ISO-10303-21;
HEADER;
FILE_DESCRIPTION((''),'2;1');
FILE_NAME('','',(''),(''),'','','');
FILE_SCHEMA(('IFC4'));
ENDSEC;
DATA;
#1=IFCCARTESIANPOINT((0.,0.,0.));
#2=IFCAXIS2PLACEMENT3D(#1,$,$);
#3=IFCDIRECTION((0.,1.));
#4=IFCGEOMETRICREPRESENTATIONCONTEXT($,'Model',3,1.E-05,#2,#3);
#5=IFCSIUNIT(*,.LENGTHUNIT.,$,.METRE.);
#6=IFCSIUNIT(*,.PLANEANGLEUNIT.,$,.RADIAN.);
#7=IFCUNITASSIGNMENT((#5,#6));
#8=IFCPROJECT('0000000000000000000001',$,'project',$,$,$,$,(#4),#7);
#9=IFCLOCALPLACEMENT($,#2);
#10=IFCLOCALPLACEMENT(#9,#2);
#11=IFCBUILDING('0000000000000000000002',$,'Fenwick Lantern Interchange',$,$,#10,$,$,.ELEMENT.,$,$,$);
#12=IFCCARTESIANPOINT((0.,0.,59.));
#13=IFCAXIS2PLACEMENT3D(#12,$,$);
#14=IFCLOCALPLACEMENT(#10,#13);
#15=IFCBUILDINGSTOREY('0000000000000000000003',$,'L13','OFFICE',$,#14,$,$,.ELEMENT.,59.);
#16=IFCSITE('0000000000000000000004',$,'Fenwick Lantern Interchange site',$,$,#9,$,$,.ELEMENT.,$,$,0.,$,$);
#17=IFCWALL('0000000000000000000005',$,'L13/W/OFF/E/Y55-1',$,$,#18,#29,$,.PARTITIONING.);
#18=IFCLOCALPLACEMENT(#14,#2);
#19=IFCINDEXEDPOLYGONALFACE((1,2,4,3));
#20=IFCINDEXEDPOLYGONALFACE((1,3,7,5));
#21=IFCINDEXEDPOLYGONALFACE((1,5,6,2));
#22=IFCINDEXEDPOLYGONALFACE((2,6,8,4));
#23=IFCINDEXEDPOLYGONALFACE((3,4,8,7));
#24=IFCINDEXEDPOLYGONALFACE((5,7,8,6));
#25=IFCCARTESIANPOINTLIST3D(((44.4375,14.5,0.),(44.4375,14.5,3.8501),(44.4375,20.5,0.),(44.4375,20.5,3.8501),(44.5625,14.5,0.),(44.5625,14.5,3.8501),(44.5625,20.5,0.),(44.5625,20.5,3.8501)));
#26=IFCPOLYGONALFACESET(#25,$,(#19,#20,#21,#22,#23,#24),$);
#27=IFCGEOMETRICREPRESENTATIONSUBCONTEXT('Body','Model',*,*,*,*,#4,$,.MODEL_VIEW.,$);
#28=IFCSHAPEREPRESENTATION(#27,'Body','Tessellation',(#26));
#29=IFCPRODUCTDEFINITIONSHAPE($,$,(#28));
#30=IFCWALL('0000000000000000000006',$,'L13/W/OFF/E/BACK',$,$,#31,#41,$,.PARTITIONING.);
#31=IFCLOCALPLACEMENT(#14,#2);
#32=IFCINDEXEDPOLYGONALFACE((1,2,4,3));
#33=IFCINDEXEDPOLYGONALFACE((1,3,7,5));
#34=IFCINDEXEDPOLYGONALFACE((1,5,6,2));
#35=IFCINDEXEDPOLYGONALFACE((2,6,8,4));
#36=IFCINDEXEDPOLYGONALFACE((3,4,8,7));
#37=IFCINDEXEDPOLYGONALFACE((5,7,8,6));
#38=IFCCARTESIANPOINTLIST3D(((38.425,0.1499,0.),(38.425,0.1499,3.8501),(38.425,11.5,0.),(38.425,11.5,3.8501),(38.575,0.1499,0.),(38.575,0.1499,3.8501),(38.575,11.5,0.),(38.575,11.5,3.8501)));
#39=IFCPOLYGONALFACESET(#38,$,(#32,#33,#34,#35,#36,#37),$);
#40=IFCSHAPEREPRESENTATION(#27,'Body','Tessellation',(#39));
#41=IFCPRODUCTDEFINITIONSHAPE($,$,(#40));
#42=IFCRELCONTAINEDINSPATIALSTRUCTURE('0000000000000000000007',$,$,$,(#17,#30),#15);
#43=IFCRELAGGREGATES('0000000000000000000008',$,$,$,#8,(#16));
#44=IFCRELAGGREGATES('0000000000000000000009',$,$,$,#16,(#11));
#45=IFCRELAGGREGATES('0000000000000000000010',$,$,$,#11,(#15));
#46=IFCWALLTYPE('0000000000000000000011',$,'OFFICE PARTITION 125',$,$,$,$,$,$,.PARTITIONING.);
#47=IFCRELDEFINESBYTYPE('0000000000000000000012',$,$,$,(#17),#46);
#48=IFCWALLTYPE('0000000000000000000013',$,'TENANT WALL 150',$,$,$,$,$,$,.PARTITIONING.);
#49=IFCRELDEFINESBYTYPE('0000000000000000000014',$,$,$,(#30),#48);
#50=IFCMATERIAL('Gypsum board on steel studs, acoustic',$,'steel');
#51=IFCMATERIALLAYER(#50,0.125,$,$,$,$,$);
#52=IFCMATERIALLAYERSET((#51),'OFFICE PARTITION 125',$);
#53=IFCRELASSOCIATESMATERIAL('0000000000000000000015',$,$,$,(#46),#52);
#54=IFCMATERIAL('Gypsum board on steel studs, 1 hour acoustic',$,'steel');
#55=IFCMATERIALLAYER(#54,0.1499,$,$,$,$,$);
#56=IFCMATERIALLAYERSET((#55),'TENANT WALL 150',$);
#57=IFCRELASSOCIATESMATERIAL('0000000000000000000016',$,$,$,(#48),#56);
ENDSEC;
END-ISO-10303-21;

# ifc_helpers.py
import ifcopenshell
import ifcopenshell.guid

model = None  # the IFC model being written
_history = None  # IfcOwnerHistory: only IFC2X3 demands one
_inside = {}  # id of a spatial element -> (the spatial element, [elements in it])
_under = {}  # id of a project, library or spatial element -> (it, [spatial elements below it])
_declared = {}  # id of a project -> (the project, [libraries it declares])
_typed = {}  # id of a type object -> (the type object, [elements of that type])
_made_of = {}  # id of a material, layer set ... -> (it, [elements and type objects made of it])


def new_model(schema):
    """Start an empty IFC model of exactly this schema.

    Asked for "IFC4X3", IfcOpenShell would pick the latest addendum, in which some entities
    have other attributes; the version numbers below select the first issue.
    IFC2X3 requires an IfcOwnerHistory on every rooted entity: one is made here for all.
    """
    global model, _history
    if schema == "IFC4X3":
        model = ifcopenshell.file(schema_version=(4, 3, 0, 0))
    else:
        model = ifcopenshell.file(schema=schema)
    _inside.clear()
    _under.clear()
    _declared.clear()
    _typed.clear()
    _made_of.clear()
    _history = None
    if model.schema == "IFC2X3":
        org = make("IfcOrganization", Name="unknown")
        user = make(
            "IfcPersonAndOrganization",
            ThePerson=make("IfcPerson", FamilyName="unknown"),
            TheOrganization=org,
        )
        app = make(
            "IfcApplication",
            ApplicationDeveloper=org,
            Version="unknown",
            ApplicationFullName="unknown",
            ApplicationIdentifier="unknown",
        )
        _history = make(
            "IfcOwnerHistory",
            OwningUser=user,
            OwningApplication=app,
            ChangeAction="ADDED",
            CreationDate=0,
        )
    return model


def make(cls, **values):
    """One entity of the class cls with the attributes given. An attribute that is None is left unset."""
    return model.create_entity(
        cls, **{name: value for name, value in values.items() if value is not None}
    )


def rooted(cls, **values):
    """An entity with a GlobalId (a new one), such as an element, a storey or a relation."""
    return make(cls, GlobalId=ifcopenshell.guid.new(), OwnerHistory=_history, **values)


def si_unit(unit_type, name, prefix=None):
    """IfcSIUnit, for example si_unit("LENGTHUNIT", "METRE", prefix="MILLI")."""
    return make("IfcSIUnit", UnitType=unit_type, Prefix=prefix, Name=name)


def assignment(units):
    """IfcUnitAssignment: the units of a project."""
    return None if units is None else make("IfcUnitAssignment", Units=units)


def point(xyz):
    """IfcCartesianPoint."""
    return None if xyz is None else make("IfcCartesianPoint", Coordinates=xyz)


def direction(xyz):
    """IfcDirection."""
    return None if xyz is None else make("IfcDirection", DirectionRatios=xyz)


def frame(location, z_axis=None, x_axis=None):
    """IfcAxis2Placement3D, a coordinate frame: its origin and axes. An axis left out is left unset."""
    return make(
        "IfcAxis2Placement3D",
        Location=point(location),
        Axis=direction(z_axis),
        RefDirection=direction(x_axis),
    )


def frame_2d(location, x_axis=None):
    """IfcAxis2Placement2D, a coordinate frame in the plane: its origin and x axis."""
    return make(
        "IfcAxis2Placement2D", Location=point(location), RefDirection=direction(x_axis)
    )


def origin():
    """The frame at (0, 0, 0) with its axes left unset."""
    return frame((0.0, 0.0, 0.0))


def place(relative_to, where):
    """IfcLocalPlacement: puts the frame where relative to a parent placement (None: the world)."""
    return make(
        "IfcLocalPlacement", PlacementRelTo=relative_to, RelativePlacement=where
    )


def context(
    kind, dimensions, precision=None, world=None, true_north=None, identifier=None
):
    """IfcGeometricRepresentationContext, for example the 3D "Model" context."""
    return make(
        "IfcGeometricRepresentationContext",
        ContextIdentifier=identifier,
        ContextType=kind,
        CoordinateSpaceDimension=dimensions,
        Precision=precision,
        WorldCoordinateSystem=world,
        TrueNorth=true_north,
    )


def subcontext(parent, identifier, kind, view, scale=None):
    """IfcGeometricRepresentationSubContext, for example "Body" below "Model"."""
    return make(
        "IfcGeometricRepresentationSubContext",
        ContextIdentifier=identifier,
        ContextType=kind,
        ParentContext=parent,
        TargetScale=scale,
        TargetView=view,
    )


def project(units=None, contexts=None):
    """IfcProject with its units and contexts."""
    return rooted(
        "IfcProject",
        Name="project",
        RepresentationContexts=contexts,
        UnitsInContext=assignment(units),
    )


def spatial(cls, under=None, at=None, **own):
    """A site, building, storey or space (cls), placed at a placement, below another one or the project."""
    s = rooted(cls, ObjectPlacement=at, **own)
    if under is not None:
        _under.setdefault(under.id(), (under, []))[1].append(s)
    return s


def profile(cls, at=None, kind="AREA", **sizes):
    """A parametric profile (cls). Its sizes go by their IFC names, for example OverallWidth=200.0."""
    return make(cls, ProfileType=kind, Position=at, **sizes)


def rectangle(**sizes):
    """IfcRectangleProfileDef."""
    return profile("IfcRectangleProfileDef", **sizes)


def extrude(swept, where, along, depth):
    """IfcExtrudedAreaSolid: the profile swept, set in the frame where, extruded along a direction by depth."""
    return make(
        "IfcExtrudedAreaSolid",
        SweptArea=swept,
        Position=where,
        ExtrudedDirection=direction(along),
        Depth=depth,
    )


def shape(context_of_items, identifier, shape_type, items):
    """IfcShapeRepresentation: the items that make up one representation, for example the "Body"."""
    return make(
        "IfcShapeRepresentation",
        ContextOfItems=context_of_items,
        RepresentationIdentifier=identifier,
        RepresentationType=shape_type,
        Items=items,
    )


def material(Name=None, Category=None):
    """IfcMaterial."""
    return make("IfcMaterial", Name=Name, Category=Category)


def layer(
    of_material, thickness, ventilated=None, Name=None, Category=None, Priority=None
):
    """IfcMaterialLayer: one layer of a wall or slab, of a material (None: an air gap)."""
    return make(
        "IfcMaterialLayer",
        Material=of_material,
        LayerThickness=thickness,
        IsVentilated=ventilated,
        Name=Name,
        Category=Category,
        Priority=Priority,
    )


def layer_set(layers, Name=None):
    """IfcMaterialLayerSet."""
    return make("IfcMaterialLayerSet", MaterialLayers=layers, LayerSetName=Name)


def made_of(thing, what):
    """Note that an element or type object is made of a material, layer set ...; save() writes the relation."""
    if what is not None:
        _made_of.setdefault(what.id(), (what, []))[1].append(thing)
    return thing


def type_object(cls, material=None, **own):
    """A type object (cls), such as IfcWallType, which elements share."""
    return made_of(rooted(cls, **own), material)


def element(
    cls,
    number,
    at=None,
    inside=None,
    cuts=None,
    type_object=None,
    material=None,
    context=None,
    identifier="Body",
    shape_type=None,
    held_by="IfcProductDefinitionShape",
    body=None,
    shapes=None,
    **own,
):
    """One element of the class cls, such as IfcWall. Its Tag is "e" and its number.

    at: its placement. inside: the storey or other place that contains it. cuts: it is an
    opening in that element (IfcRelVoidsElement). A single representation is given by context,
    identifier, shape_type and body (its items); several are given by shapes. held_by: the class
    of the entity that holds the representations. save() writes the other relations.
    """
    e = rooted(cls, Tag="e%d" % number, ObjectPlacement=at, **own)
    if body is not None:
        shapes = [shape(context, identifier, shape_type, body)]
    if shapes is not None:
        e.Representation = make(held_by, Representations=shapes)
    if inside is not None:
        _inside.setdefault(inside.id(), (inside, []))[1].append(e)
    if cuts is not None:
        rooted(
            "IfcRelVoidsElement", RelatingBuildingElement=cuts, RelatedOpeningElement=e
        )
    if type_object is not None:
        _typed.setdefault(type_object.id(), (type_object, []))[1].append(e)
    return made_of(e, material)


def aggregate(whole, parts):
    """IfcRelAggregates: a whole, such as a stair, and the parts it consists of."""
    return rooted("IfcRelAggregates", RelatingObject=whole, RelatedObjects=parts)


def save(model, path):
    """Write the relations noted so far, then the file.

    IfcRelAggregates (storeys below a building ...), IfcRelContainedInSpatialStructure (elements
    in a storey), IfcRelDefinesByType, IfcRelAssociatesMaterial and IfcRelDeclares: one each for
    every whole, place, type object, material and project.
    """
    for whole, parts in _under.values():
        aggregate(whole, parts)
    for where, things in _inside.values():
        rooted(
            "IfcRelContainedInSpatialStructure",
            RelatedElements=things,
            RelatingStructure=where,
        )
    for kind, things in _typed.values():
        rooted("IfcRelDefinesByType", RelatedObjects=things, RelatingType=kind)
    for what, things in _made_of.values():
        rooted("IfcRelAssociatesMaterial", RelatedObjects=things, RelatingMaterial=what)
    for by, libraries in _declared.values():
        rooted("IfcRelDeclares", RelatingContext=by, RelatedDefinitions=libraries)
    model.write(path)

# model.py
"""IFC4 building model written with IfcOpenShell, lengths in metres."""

from ifc_helpers import new_model, si_unit, direction, frame, frame_2d, origin, place, context, subcontext, project, spatial, rectangle, extrude, material, layer, layer_set, type_object, element, save


model = new_model("IFC4")

# Units and contexts
model_context = context("Model", 3, precision=1e-05, world=origin(), true_north=direction((0.0, 1.0)))
body_context = subcontext(model_context, "Body", "Model", "MODEL_VIEW")
ifc_project = project(units=[si_unit("LENGTHUNIT", "METRE"), si_unit("PLANEANGLEUNIT", "RADIAN")], contexts=[model_context])

# Site, building, storey
site_placement = place(None, origin())
site = spatial("IfcSite", under=ifc_project, at=site_placement, Name="Fenwick Lantern Interchange site", CompositionType="ELEMENT", RefElevation=0.0)
building_placement = place(site_placement, origin())
building = spatial("IfcBuilding", under=site, at=building_placement, Name="Fenwick Lantern Interchange", CompositionType="ELEMENT")
storey_placement = place(building_placement, frame((0.0, 0.0, 59.0)))
storey = spatial("IfcBuildingStorey", under=building, at=storey_placement, Name="L13", Description="OFFICE", CompositionType="ELEMENT", Elevation=59.0)

# Shared definitions
ifc_material_1 = material(Name="Gypsum board on steel studs, acoustic", Category="steel")
ifc_layer_1 = layer(ifc_material_1, 0.125)
ifc_layer_set_1 = layer_set([ifc_layer_1], Name="OFFICE PARTITION 125")
wall_type_1 = type_object("IfcWallType", Name="OFFICE PARTITION 125", PredefinedType="PARTITIONING", material=ifc_layer_set_1)

# Walls
for number, where, z_axis, x_axis, name in (
    (1, (44.5, 14.5, 0.0), (0.0, 0.0, 1.0), (0.0, 1.0, 0.0), "L13/W/OFF/E/Y55-1"),
):
    element("IfcWall", number, at=place(storey_placement, frame(where, z_axis=z_axis, x_axis=x_axis)), inside=storey, type_object=wall_type_1, Name=name, PredefinedType="PARTITIONING", context=body_context, shape_type="SweptSolid", body=[
        extrude(rectangle(XDim=6.0, YDim=0.125, at=frame_2d((3.0, 0.0))), origin(), (0.0, 0.0, 1.0), 3.8501),
    ])
ifc_material_2 = material(Name="Gypsum board on steel studs, 1 hour acoustic", Category="steel")
ifc_layer_2 = layer(ifc_material_2, 0.1499)
ifc_layer_set_2 = layer_set([ifc_layer_2], Name="TENANT WALL 150")
wall_type_2 = type_object("IfcWallType", Name="TENANT WALL 150", PredefinedType="PARTITIONING", material=ifc_layer_set_2)
wall_1_placement = place(storey_placement, frame((38.5, 0.1499, 0.0), z_axis=(0.0, 0.0, 1.0), x_axis=(0.0, 1.0, 0.0)))
element("IfcWall", 2, at=wall_1_placement, inside=storey, type_object=wall_type_2, Name="L13/W/OFF/E/BACK", PredefinedType="PARTITIONING", context=body_context, shape_type="SweptSolid", body=[
    extrude(rectangle(XDim=11.3501, YDim=0.1499, at=frame_2d((5.675, 0.0))), origin(), (0.0, 0.0, 1.0), 3.8501),
])

save(model, "model.ifc")
